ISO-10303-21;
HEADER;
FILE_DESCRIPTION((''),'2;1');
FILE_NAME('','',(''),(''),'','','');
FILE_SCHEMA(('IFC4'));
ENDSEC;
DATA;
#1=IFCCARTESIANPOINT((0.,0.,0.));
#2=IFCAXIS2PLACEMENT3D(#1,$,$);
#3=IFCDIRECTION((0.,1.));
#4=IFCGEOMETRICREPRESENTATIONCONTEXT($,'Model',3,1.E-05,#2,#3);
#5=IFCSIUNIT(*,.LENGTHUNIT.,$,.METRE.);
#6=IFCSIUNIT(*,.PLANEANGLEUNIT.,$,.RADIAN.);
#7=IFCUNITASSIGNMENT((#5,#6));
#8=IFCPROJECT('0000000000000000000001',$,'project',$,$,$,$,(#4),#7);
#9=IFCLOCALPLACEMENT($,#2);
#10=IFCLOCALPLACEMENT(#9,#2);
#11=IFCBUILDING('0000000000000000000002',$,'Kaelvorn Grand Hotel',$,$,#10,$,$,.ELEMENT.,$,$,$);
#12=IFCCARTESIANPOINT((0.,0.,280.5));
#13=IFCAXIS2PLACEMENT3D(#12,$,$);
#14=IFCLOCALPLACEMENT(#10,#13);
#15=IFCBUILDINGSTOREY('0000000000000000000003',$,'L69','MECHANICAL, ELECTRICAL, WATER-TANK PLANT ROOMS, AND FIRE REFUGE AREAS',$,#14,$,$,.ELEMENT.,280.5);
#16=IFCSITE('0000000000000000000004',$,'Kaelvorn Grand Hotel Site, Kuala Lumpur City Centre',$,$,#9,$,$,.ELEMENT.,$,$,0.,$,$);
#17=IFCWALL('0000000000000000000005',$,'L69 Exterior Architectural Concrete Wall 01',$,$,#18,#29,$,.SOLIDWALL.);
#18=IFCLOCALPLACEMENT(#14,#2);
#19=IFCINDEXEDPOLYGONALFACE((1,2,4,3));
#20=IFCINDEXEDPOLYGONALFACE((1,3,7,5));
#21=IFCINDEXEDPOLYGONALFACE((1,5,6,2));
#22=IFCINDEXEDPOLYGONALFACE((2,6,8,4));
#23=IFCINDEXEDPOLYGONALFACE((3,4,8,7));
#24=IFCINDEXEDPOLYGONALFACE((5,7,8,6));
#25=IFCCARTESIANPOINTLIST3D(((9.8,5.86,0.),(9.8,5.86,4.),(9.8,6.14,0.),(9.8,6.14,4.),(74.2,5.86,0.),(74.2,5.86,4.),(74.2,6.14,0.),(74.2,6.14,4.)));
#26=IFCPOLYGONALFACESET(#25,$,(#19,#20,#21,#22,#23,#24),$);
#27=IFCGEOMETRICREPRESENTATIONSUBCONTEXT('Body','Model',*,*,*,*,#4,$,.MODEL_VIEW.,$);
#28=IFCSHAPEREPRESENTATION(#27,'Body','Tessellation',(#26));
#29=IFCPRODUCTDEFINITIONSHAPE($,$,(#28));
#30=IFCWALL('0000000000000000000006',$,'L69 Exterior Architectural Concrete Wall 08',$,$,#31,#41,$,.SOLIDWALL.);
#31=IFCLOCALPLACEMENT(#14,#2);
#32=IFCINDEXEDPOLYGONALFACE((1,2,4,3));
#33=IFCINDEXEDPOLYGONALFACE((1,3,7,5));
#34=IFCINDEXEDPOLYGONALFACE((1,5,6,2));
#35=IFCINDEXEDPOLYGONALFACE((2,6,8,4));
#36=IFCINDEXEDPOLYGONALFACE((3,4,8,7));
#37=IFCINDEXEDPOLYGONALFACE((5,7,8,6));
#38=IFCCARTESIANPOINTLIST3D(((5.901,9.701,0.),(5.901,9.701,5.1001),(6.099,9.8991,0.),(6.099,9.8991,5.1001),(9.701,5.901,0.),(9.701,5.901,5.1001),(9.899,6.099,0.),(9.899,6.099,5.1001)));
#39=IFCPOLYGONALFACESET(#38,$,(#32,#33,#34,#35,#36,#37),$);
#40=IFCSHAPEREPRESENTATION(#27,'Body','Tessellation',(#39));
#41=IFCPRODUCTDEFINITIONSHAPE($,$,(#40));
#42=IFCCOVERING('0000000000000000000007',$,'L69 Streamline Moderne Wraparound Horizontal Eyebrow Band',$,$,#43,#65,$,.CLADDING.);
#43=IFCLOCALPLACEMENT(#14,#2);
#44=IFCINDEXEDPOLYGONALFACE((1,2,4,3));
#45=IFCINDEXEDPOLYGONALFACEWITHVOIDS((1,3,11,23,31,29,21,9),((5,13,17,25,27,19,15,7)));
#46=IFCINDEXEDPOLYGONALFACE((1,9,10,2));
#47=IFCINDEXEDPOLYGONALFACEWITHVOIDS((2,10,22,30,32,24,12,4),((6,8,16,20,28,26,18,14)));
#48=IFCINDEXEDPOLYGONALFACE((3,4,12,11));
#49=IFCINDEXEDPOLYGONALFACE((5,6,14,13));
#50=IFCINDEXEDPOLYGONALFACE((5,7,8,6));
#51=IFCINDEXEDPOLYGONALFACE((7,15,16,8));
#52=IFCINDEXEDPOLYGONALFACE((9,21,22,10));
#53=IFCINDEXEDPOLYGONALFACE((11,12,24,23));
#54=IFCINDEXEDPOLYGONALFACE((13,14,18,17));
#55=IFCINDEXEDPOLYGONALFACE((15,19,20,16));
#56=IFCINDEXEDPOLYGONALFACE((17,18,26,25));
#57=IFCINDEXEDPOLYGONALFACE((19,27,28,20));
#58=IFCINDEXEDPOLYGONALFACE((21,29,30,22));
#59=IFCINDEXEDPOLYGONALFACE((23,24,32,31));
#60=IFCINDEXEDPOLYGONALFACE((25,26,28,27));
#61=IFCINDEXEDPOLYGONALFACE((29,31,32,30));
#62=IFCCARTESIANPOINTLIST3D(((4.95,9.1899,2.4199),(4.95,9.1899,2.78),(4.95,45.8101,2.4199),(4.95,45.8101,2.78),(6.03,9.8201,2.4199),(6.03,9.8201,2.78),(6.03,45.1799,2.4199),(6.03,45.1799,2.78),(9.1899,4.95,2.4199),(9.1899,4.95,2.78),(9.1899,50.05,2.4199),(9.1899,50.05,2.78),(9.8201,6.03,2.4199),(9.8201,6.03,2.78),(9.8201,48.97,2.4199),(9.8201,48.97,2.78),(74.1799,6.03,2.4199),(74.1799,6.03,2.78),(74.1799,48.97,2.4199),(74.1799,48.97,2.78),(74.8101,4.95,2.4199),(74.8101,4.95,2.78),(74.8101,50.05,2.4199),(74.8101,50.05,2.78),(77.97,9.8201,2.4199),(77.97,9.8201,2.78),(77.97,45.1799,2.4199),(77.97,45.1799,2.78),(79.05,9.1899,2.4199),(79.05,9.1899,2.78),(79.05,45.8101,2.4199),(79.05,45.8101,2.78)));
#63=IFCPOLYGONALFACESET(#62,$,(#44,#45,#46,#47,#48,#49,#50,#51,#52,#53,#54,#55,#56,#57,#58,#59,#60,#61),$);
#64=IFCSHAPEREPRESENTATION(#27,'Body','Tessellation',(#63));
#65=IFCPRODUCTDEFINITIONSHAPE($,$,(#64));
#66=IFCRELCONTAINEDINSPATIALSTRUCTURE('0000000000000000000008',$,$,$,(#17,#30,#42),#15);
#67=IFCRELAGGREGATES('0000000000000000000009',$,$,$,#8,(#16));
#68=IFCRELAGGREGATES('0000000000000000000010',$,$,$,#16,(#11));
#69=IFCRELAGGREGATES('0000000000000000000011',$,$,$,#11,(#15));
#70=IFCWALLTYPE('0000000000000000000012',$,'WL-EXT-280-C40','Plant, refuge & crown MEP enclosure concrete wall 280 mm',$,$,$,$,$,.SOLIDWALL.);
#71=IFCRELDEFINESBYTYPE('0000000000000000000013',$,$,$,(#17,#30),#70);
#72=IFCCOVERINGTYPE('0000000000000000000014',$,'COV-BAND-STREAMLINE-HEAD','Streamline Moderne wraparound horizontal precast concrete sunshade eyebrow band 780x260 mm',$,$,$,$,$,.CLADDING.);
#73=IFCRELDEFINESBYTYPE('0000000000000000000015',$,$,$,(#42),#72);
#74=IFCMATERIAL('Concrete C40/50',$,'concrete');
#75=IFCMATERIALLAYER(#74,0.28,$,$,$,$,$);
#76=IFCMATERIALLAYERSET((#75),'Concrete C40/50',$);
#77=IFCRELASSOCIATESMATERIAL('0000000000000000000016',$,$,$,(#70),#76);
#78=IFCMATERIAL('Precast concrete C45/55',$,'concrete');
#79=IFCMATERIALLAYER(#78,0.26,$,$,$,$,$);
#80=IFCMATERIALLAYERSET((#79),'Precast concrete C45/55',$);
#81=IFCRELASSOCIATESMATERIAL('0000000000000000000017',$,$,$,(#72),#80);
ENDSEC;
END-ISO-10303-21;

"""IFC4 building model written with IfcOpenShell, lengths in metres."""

from ifc_helpers import new_model, si_unit, direction, frame, frame_2d, origin, place, context, subcontext, project, spatial, polyline, rectangle, outline, extrude, material, layer, layer_set, type_object, element, save


model = new_model("IFC4")

# Units and contexts
model_context = context("Model", 3, precision=1e-05, world=origin(), true_north=direction((0.0, 1.0)))
body_context = subcontext(model_context, "Body", "Model", "MODEL_VIEW")
ifc_project = project(units=[si_unit("LENGTHUNIT", "METRE"), si_unit("PLANEANGLEUNIT", "RADIAN")], contexts=[model_context])

# Site, building, storey
site_placement = place(None, origin())
site = spatial("IfcSite", under=ifc_project, at=site_placement, Name="Kaelvorn Grand Hotel Site, Kuala Lumpur City Centre", CompositionType="ELEMENT", RefElevation=0.0)
building_placement = place(site_placement, origin())
building = spatial("IfcBuilding", under=site, at=building_placement, Name="Kaelvorn Grand Hotel", CompositionType="ELEMENT")
storey_placement = place(building_placement, frame((0.0, 0.0, 280.5)))
storey = spatial("IfcBuildingStorey", under=building, at=storey_placement, Name="L69", Description="MECHANICAL, ELECTRICAL, WATER-TANK PLANT ROOMS, AND FIRE REFUGE AREAS", CompositionType="ELEMENT", Elevation=280.5)

# Shared definitions
ifc_material_1 = material(Name="Concrete C40/50", Category="concrete")

# Walls
ifc_layer_1 = layer(ifc_material_1, 0.28)
ifc_layer_set_1 = layer_set([ifc_layer_1], Name="Concrete C40/50")
wall_type = type_object("IfcWallType", Name="WL-EXT-280-C40", Description="Plant, refuge & crown MEP enclosure concrete wall 280 mm", PredefinedType="SOLIDWALL", material=ifc_layer_set_1)
wall_1_placement = place(storey_placement, frame((9.8, 6.0, 0.0), z_axis=(0.0, 0.0, 1.0), x_axis=(1.0, 0.0, 0.0)))
element("IfcWall", 1, at=wall_1_placement, inside=storey, type_object=wall_type, Name="L69 Exterior Architectural Concrete Wall 01", PredefinedType="SOLIDWALL", context=body_context, shape_type="SweptSolid", body=[
    extrude(rectangle(XDim=64.3999, YDim=0.28, at=frame_2d((32.2, 0.0))), origin(), (0.0, 0.0, 1.0), 4.0),
])
wall_2_placement = place(storey_placement, frame((6.0, 9.8, 0.0), z_axis=(0.0, 0.0, 1.0), x_axis=(0.707107, -0.707107, 0.0)))
element("IfcWall", 2, at=wall_2_placement, inside=storey, type_object=wall_type, Name="L69 Exterior Architectural Concrete Wall 08", PredefinedType="SOLIDWALL", context=body_context, shape_type="SweptSolid", body=[
    extrude(rectangle(XDim=5.374, YDim=0.28, at=frame_2d((2.687, 0.0))), origin(), (0.0, 0.0, 1.0), 5.1001),
])

# Covering
ifc_material_2 = material(Name="Precast concrete C45/55", Category="concrete")
ifc_layer_2 = layer(ifc_material_2, 0.26)
ifc_layer_set_2 = layer_set([ifc_layer_2], Name="Precast concrete C45/55")
covering_type = type_object("IfcCoveringType", Name="COV-BAND-STREAMLINE-HEAD", Description="Streamline Moderne wraparound horizontal precast concrete sunshade eyebrow band 780x260 mm", PredefinedType="CLADDING", material=ifc_layer_set_2)
covering_placement = place(storey_placement, frame((0.0, 0.0, 2.4199)))
element("IfcCovering", 3, at=covering_placement, inside=storey, type_object=covering_type, Name="L69 Streamline Moderne Wraparound Horizontal Eyebrow Band", PredefinedType="CLADDING", context=body_context, shape_type="SweptSolid", body=[
    extrude(outline(polyline([(9.1899, 4.95), (74.8101, 4.95), (79.05, 9.1899), (79.05, 45.8101), (74.8101, 50.05), (9.1899, 50.05), (4.95, 45.8101), (4.95, 9.1899), (9.1899, 4.95)]), holes=[polyline([(9.8201, 6.03), (74.1799, 6.03), (77.97, 9.8201), (77.97, 45.1799), (74.1799, 48.97), (9.8201, 48.97), (6.03, 45.1799), (6.03, 9.8201), (9.8201, 6.03)])]), origin(), (0.0, 0.0, 1.0), 0.3601),
])

save(model, "model.ifc")
